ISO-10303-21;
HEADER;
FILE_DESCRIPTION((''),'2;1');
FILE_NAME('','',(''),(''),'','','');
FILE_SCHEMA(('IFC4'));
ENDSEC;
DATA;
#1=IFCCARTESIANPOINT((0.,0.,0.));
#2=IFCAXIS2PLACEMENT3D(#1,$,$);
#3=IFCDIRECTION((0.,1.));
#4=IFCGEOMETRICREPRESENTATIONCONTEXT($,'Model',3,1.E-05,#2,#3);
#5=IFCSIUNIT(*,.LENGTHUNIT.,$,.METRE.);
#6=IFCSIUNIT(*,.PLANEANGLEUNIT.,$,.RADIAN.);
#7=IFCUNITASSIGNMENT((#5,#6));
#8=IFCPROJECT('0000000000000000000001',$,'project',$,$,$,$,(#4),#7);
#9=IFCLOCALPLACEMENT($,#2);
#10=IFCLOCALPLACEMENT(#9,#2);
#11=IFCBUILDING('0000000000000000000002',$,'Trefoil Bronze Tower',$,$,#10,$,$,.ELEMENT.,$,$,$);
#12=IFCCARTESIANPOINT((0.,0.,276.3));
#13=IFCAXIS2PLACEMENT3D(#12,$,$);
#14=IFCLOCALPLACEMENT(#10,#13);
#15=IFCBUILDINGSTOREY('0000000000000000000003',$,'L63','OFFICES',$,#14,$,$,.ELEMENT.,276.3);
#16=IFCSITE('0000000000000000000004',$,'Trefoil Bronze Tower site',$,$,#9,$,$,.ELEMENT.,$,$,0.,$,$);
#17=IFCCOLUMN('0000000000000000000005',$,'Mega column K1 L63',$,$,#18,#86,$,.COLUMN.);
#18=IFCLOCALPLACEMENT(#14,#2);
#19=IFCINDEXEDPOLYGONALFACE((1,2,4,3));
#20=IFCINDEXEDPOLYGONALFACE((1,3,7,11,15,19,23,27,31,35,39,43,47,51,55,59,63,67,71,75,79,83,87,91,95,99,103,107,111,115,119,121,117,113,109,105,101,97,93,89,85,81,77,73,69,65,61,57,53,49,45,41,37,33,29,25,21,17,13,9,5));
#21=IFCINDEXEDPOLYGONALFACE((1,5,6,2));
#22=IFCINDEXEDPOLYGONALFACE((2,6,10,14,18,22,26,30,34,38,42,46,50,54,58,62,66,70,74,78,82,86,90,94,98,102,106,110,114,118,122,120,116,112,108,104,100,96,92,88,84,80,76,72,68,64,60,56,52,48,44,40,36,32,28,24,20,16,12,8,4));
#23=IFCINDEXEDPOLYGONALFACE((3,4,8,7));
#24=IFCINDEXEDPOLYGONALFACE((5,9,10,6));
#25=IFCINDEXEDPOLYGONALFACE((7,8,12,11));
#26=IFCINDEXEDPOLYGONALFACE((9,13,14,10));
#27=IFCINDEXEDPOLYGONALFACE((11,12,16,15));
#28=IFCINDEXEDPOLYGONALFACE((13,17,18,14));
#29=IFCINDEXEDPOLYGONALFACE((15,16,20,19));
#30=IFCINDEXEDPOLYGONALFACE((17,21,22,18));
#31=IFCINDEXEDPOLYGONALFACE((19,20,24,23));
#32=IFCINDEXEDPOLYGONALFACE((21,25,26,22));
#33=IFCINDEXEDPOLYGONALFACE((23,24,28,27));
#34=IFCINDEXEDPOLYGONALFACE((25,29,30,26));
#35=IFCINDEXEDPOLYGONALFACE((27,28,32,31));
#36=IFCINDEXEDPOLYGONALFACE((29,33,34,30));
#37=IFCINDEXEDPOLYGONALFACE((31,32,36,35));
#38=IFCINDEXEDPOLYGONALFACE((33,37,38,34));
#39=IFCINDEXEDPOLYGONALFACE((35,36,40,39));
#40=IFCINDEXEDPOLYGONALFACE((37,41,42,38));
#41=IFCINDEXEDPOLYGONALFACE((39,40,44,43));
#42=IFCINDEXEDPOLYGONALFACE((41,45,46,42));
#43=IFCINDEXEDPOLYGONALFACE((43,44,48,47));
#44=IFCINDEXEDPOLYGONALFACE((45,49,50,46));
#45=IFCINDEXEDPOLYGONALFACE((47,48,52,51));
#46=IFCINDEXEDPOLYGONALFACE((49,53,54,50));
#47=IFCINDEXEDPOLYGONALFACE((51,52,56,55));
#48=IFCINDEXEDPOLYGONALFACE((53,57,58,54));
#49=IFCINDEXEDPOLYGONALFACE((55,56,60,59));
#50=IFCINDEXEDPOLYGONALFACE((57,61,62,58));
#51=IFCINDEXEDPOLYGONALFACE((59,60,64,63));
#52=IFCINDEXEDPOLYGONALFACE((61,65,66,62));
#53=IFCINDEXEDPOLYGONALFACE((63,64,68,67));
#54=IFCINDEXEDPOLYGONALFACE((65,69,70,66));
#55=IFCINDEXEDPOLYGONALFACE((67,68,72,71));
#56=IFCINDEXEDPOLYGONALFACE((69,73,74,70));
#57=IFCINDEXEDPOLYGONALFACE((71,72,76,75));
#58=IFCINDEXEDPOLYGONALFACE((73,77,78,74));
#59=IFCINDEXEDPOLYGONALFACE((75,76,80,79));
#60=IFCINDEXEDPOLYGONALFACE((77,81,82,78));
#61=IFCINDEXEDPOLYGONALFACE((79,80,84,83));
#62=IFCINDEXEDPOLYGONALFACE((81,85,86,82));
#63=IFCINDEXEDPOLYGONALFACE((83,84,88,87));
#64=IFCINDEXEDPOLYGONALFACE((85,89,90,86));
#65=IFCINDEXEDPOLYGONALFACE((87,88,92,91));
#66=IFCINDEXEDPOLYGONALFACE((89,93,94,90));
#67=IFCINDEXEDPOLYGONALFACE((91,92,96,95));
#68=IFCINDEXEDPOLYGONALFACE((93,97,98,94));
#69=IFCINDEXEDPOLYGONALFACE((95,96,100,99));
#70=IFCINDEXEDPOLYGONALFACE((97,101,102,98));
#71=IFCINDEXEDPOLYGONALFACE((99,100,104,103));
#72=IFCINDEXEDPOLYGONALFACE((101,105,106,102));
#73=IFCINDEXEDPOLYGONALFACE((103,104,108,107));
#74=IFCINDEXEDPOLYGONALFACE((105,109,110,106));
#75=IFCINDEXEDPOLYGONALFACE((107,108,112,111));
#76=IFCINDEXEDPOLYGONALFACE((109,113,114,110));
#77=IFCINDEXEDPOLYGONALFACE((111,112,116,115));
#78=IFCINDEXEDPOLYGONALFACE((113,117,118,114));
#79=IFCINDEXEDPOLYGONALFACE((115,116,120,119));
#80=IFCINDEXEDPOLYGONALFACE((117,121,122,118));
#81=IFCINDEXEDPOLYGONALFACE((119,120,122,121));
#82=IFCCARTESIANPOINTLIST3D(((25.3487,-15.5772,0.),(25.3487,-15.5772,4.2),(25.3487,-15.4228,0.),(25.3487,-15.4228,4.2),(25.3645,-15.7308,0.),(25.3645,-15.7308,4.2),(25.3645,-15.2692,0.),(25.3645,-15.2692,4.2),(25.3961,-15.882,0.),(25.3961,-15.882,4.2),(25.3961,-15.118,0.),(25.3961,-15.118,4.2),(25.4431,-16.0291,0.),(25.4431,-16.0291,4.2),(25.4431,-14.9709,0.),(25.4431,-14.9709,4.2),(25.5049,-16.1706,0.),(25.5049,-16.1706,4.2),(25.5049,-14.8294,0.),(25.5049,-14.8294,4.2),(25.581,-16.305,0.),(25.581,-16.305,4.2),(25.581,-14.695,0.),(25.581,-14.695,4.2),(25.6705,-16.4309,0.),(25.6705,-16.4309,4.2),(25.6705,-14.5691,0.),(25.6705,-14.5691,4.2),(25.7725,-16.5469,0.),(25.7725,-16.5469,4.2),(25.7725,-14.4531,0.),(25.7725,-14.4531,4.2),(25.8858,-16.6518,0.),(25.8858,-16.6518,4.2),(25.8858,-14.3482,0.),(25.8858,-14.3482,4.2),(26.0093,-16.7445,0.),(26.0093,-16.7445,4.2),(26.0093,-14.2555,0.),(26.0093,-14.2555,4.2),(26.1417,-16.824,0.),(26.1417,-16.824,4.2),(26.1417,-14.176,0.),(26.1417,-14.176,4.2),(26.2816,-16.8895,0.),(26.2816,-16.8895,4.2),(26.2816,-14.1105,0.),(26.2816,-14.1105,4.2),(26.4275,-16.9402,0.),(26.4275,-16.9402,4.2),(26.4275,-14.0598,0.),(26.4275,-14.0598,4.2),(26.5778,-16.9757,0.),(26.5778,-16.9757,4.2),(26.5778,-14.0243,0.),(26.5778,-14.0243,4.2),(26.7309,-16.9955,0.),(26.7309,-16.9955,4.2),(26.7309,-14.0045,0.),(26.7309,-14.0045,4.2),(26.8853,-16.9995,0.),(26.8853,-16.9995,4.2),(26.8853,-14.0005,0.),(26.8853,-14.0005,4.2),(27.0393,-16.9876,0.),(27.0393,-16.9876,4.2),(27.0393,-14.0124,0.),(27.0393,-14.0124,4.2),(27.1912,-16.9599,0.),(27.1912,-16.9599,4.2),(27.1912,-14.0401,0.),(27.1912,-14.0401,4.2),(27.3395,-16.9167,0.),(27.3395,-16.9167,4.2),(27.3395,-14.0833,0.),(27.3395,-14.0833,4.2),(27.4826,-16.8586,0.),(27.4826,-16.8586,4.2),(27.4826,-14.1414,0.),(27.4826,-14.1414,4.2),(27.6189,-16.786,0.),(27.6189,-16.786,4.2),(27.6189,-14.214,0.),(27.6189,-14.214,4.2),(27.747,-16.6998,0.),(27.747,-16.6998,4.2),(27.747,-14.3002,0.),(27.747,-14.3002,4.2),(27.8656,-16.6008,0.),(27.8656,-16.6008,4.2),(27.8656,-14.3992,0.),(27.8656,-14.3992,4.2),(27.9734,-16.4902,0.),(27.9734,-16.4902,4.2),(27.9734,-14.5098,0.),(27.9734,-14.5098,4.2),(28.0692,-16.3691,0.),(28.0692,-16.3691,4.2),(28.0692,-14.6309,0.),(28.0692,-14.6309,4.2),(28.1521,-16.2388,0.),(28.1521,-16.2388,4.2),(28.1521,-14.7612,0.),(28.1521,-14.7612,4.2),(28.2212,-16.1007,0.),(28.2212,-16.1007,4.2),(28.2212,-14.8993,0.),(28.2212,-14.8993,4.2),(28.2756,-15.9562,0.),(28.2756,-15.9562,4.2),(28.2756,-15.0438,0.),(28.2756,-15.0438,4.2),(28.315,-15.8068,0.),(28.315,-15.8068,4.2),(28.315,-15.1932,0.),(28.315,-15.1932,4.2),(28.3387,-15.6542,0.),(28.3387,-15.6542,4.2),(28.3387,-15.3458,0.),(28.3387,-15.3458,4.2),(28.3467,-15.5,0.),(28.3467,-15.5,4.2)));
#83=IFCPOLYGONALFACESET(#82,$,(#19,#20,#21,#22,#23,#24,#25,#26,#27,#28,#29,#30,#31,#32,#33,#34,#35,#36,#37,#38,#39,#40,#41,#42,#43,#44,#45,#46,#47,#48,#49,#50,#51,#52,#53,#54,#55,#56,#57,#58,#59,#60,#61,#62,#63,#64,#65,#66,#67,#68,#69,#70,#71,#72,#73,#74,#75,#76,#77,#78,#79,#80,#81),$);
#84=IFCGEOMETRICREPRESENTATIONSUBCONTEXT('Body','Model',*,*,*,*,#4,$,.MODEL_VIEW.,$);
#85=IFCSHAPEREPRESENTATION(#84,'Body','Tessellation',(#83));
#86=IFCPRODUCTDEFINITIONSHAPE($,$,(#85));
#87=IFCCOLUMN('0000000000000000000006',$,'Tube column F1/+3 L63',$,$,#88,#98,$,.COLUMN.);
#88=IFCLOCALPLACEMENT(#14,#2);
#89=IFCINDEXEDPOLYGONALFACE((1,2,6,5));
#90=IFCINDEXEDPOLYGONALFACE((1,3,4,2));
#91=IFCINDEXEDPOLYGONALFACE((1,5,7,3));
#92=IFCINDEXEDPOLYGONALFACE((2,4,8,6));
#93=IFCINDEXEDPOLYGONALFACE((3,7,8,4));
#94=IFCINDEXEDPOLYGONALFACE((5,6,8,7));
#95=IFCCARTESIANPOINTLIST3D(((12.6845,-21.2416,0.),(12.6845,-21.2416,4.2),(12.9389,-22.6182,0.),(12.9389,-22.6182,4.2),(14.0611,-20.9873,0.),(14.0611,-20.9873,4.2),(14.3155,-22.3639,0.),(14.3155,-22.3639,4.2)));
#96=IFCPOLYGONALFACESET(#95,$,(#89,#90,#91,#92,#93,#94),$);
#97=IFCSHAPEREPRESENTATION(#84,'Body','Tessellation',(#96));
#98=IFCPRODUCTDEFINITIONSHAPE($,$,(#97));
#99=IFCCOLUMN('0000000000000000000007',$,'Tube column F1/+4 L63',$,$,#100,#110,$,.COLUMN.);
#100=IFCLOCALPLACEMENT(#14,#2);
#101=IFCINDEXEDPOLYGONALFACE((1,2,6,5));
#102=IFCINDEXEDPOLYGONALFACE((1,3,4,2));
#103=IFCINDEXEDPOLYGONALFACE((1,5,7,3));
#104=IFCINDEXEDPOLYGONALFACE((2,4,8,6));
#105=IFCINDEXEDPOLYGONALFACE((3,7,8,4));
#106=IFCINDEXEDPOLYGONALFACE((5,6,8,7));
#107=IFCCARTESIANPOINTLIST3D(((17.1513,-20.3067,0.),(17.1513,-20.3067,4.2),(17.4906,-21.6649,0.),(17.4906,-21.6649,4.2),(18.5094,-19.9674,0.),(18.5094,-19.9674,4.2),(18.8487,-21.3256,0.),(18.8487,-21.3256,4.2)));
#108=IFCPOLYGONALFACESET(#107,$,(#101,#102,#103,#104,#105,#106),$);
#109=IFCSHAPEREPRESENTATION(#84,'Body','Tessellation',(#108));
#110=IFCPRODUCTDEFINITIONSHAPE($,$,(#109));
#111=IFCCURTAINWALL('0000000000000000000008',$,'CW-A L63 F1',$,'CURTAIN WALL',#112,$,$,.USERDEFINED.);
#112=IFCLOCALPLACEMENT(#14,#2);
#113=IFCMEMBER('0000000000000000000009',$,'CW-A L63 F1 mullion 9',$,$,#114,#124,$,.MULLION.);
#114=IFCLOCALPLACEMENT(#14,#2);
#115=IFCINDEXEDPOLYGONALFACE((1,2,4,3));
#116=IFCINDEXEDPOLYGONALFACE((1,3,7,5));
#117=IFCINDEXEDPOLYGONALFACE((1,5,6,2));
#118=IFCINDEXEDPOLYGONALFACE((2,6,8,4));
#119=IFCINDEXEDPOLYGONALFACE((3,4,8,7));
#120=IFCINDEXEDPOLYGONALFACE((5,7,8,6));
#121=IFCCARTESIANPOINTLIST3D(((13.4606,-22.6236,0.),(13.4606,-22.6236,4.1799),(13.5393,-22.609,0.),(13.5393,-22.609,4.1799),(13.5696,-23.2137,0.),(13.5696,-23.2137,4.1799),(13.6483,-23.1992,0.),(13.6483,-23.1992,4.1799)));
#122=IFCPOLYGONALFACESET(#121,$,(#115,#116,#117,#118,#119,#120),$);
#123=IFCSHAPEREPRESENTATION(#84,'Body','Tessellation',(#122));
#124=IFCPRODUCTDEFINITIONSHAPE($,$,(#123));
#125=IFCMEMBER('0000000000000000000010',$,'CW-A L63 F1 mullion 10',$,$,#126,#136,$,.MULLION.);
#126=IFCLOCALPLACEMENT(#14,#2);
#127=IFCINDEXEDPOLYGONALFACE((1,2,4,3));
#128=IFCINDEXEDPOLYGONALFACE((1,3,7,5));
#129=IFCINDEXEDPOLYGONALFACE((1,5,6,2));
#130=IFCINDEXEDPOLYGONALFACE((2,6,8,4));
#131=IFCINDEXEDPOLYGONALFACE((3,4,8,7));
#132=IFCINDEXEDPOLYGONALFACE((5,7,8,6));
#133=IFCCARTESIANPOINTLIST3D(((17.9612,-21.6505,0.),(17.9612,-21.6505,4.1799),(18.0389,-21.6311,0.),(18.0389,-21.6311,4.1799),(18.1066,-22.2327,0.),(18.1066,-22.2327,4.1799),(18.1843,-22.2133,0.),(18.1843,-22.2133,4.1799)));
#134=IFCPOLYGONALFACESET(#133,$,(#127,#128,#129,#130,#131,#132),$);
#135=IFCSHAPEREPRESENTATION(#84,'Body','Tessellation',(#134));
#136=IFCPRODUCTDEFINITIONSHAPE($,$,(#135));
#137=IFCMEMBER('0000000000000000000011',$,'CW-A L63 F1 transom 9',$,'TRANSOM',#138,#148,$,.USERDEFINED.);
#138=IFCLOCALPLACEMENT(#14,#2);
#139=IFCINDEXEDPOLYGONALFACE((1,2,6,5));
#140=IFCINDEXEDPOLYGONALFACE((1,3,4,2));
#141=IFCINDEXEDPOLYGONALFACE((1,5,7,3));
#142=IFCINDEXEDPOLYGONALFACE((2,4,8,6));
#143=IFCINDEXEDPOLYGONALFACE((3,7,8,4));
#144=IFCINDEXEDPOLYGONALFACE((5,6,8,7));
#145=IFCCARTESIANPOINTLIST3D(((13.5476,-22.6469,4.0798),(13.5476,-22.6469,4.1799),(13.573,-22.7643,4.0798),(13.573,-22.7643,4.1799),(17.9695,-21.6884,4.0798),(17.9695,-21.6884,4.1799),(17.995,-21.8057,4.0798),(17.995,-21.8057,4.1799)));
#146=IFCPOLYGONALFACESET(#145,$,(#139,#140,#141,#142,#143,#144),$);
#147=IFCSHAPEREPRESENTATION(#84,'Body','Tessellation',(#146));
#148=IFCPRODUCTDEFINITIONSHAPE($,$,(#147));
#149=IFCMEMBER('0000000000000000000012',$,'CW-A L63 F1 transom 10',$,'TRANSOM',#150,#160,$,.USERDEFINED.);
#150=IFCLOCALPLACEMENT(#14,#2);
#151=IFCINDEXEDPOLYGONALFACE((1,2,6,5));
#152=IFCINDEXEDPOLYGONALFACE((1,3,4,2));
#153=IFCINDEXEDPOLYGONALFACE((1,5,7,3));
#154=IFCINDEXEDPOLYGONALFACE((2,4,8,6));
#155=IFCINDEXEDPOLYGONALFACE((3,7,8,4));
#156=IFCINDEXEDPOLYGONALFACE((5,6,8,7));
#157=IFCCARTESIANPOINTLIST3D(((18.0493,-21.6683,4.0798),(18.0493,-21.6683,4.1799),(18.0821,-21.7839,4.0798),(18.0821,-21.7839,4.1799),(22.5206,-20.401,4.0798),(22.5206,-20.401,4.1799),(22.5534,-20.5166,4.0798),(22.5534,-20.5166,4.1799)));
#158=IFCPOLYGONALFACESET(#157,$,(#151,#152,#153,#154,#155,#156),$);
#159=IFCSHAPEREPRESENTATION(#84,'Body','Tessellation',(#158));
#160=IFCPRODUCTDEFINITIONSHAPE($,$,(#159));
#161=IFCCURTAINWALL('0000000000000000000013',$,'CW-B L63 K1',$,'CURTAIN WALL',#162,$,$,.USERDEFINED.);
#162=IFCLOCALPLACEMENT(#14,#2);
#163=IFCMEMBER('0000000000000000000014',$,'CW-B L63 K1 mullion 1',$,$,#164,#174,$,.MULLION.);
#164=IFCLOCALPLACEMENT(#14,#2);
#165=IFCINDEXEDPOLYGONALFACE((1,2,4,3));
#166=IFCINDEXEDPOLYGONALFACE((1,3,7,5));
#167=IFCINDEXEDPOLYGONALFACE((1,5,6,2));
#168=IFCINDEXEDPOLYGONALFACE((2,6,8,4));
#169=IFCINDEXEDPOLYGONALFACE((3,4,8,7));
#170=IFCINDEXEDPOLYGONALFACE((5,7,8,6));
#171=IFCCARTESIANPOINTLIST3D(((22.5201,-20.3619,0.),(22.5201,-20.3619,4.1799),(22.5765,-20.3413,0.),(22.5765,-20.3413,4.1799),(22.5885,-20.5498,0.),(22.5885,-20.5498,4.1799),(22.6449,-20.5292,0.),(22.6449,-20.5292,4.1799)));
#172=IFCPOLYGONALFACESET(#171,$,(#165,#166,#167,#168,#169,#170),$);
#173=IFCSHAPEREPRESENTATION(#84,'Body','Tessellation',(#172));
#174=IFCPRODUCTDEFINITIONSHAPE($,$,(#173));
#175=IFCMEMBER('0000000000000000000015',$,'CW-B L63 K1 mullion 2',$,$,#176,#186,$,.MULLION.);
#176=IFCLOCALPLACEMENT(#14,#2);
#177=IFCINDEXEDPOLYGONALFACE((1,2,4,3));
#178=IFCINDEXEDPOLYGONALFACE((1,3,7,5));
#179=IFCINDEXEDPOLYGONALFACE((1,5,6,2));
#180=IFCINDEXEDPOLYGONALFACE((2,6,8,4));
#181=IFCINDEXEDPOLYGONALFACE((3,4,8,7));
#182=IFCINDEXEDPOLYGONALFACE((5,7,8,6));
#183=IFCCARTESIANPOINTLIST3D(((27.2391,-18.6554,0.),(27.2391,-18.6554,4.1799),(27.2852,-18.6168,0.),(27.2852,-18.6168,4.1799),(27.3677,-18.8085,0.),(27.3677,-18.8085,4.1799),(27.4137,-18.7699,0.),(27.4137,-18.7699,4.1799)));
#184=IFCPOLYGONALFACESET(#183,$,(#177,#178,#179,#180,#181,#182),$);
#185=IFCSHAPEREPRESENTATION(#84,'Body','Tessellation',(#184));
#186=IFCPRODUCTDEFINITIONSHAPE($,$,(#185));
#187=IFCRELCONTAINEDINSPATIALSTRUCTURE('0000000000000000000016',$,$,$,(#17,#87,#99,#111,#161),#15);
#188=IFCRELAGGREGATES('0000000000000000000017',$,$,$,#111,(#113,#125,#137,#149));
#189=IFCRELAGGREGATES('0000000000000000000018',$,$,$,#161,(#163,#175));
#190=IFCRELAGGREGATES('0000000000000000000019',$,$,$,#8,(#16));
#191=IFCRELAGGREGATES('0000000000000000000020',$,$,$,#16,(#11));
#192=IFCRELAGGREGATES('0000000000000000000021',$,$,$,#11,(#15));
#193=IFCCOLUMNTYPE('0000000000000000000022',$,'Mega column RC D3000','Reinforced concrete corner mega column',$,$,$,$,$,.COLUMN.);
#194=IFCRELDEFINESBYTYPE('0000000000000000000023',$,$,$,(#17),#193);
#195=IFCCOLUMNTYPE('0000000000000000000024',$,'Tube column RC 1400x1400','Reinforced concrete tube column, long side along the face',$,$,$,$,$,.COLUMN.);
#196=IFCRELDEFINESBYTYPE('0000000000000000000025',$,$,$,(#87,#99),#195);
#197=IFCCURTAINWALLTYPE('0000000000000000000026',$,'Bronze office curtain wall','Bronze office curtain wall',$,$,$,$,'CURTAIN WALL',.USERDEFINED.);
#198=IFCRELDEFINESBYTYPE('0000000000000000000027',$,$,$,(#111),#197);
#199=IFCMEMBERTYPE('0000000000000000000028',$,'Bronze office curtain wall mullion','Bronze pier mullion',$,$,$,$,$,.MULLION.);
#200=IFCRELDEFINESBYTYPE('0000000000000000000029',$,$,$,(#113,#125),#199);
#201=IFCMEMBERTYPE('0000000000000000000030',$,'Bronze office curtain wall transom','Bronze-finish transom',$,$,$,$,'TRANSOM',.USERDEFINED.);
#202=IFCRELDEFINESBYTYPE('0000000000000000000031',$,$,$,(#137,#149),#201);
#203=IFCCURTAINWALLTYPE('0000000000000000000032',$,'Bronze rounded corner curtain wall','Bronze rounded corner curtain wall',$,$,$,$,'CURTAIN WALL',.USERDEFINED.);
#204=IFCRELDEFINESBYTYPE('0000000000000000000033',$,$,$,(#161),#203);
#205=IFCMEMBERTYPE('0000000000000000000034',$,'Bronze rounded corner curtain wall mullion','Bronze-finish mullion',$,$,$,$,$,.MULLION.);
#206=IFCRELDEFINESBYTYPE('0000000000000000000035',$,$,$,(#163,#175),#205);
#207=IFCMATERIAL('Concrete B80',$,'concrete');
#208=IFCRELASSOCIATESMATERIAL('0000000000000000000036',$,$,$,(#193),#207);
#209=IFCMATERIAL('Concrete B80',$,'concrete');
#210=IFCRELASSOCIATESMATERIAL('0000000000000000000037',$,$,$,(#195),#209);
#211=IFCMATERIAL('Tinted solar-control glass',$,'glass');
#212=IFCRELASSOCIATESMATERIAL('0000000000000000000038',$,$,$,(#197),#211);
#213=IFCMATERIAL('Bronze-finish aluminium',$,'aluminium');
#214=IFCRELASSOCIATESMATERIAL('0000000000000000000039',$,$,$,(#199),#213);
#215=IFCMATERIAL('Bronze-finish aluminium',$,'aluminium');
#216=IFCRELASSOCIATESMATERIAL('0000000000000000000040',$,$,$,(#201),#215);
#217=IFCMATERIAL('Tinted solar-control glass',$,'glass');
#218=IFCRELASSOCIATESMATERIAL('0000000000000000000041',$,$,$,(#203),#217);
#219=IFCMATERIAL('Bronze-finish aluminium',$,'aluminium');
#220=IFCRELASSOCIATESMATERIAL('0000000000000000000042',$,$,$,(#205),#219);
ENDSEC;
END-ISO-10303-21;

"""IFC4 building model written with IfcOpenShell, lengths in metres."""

from ifc_helpers import new_model, si_unit, direction, frame, origin, origin_2d, place, context, subcontext, project, spatial, rectangle, circle, extrude, material, material_profile, profile_set, type_object, element, aggregate, save


model = new_model("IFC4")

# Units and contexts
model_context = context("Model", 3, precision=1e-05, world=origin(), true_north=direction((0.0, 1.0)))
body_context = subcontext(model_context, "Body", "Model", "MODEL_VIEW")
ifc_project = project(units=[si_unit("LENGTHUNIT", "METRE"), si_unit("PLANEANGLEUNIT", "RADIAN")], contexts=[model_context])

# Site, building, storey
site_placement = place(None, origin())
site = spatial("IfcSite", under=ifc_project, at=site_placement, Name="Trefoil Bronze Tower site", CompositionType="ELEMENT", RefElevation=0.0)
building_placement = place(site_placement, origin())
building = spatial("IfcBuilding", under=site, at=building_placement, Name="Trefoil Bronze Tower", CompositionType="ELEMENT")
storey_placement = place(building_placement, frame((0.0, 0.0, 276.3)))
storey = spatial("IfcBuildingStorey", under=building, at=storey_placement, Name="L63", Description="OFFICES", CompositionType="ELEMENT", Elevation=276.3)

# Columns
ifc_material_1 = material(Name="Concrete B80", Category="concrete")
ifc_material_profile_1 = material_profile(ifc_material_1, circle(Radius=1.5, at=origin_2d()), Name="RC D3000")
ifc_profile_set_1 = profile_set([ifc_material_profile_1], Name="Concrete B80")
column_type_1 = type_object("IfcColumnType", Name="Mega column RC D3000", Description="Reinforced concrete corner mega column", PredefinedType="COLUMN", material=ifc_profile_set_1)
column_placement = place(storey_placement, frame((26.8467, -15.5, 0.0), z_axis=(0.0, 0.0, 1.0), x_axis=(1.0, 0.0, 0.0)))
element("IfcColumn", 1, at=column_placement, inside=storey, type_object=column_type_1, Name="Mega column K1 L63", PredefinedType="COLUMN", context=body_context, shape_type="SweptSolid", body=[
    extrude(circle(Radius=1.5, at=origin_2d()), origin(), (0.0, 0.0, 1.0), 4.2),
])
ifc_material_2 = material(Name="Concrete B80", Category="concrete")
ifc_material_profile_2 = material_profile(ifc_material_2, rectangle(XDim=1.3999, YDim=1.3999, at=origin_2d()), Name="RC 1400x1400")
ifc_profile_set_2 = profile_set([ifc_material_profile_2], Name="Concrete B80")
column_type_2 = type_object("IfcColumnType", Name="Tube column RC 1400x1400", Description="Reinforced concrete tube column, long side along the face", PredefinedType="COLUMN", material=ifc_profile_set_2)
for number, where, z_axis, x_axis, name in (
    (2, (13.5, -21.8027, 0.0), (0.0, 0.0, 1.0), (0.98336, 0.181667, 0.0), "Tube column F1/+3 L63"),
    (3, (18.0, -20.8162, 0.0), (0.0, 0.0, 1.0), (0.970178, 0.242394, 0.0), "Tube column F1/+4 L63"),
):
    element("IfcColumn", number, at=place(storey_placement, frame(where, z_axis=z_axis, x_axis=x_axis)), inside=storey, type_object=column_type_2, Name=name, PredefinedType="COLUMN", context=body_context, shape_type="SweptSolid", body=[
        extrude(rectangle(XDim=1.3999, YDim=1.3999, at=origin_2d()), origin(), (0.0, 0.0, 1.0), 4.2),
    ])

# Curtain walls, members
ifc_material_3 = material(Name="Tinted solar-control glass", Category="glass")
curtain_wall_type_1 = type_object("IfcCurtainWallType", Name="Bronze office curtain wall", Description="Bronze office curtain wall", ElementType="CURTAIN WALL", PredefinedType="USERDEFINED", material=ifc_material_3)
curtain_wall_1_placement = place(storey_placement, origin())
curtain_wall_1 = element("IfcCurtainWall", 4, at=curtain_wall_1_placement, inside=storey, type_object=curtain_wall_type_1, Name="CW-A L63 F1", ObjectType="CURTAIN WALL", PredefinedType="USERDEFINED")
ifc_material_4 = material(Name="Bronze-finish aluminium", Category="aluminium")
ifc_material_profile_3 = material_profile(ifc_material_4, rectangle(XDim=0.6001, YDim=0.0801, at=origin_2d()), Name="CW-A mullion")
ifc_profile_set_3 = profile_set([ifc_material_profile_3], Name="Bronze-finish aluminium")
member_type_1 = type_object("IfcMemberType", Name="Bronze office curtain wall mullion", Description="Bronze pier mullion", PredefinedType="MULLION", material=ifc_profile_set_3)
member_1_placement = place(storey_placement, frame((13.5544, -22.9114, 0.0), z_axis=(0.0, 0.0, 1.0), x_axis=(-0.181667, 0.98336, 0.0)))
member_1 = element("IfcMember", 5, at=member_1_placement, type_object=member_type_1, Name="CW-A L63 F1 mullion 9", PredefinedType="MULLION", context=body_context, shape_type="SweptSolid", body=[
    extrude(rectangle(XDim=0.6001, YDim=0.0801, at=origin_2d()), origin(), (0.0, 0.0, 1.0), 4.1799),
])
member_2_placement = place(storey_placement, frame((18.0728, -21.9319, 0.0), z_axis=(0.0, 0.0, 1.0), x_axis=(-0.242394, 0.970178, 0.0)))
member_2 = element("IfcMember", 6, at=member_2_placement, type_object=member_type_1, Name="CW-A L63 F1 mullion 10", PredefinedType="MULLION", context=body_context, shape_type="SweptSolid", body=[
    extrude(rectangle(XDim=0.6001, YDim=0.0801, at=origin_2d()), origin(), (0.0, 0.0, 1.0), 4.1799),
])
ifc_material_5 = material(Name="Bronze-finish aluminium", Category="aluminium")
ifc_material_profile_4 = material_profile(ifc_material_5, rectangle(XDim=0.1201, YDim=0.1001, at=origin_2d()), Name="CW-A transom")
ifc_profile_set_4 = profile_set([ifc_material_profile_4], Name="Bronze-finish aluminium")
member_type_2 = type_object("IfcMemberType", Name="Bronze office curtain wall transom", Description="Bronze-finish transom", ElementType="TRANSOM", PredefinedType="USERDEFINED", material=ifc_profile_set_4)
member_3_placement = place(storey_placement, frame((13.5603, -22.7056, 4.1299), z_axis=(0.977304, 0.211843, 0.0), x_axis=(-0.211843, 0.977304, 0.0)))
member_3 = element("IfcMember", 7, at=member_3_placement, type_object=member_type_2, Name="CW-A L63 F1 transom 9", ObjectType="TRANSOM", PredefinedType="USERDEFINED", context=body_context, shape_type="SweptSolid", body=[
    extrude(rectangle(XDim=0.1201, YDim=0.1001, at=origin_2d()), origin(), (0.0, 0.0, 1.0), 4.5247),
])
member_4_placement = place(storey_placement, frame((18.0657, -21.7261, 4.1299), z_axis=(0.962103, 0.272688, 0.0), x_axis=(-0.272688, 0.962103, 0.0)))
member_4 = element("IfcMember", 8, at=member_4_placement, type_object=member_type_2, Name="CW-A L63 F1 transom 10", ObjectType="TRANSOM", PredefinedType="USERDEFINED", context=body_context, shape_type="SweptSolid", body=[
    extrude(rectangle(XDim=0.1201, YDim=0.1001, at=origin_2d()), origin(), (0.0, 0.0, 1.0), 4.6475),
])
ifc_material_6 = material(Name="Tinted solar-control glass", Category="glass")
curtain_wall_type_2 = type_object("IfcCurtainWallType", Name="Bronze rounded corner curtain wall", Description="Bronze rounded corner curtain wall", ElementType="CURTAIN WALL", PredefinedType="USERDEFINED", material=ifc_material_6)
curtain_wall_2_placement = place(storey_placement, origin())
curtain_wall_2 = element("IfcCurtainWall", 9, at=curtain_wall_2_placement, inside=storey, type_object=curtain_wall_type_2, Name="CW-B L63 K1", ObjectType="CURTAIN WALL", PredefinedType="USERDEFINED")
ifc_material_7 = material(Name="Bronze-finish aluminium", Category="aluminium")
ifc_material_profile_5 = material_profile(ifc_material_7, rectangle(XDim=0.2, YDim=0.0601, at=origin_2d()), Name="CW-B mullion")
ifc_profile_set_5 = profile_set([ifc_material_profile_5], Name="Bronze-finish aluminium")
member_type_3 = type_object("IfcMemberType", Name="Bronze rounded corner curtain wall mullion", Description="Bronze-finish mullion", PredefinedType="MULLION", material=ifc_profile_set_5)
member_5_placement = place(storey_placement, frame((22.5825, -20.4456, 0.0), z_axis=(0.0, 0.0, 1.0), x_axis=(-0.34202, 0.939693, 0.0)))
member_5 = element("IfcMember", 10, at=member_5_placement, type_object=member_type_3, Name="CW-B L63 K1 mullion 1", PredefinedType="MULLION", context=body_context, shape_type="SweptSolid", body=[
    extrude(rectangle(XDim=0.2, YDim=0.0601, at=origin_2d()), origin(), (0.0, 0.0, 1.0), 4.1799),
])
member_6_placement = place(storey_placement, frame((27.3264, -18.7126, 0.0), z_axis=(0.0, 0.0, 1.0), x_axis=(-0.642788, 0.766044, 0.0)))
member_6 = element("IfcMember", 11, at=member_6_placement, type_object=member_type_3, Name="CW-B L63 K1 mullion 2", PredefinedType="MULLION", context=body_context, shape_type="SweptSolid", body=[
    extrude(rectangle(XDim=0.2, YDim=0.0601, at=origin_2d()), origin(), (0.0, 0.0, 1.0), 4.1799),
])

aggregate(curtain_wall_1, [member_1, member_2, member_3, member_4])
aggregate(curtain_wall_2, [member_5, member_6])

save(model, "model.ifc")
